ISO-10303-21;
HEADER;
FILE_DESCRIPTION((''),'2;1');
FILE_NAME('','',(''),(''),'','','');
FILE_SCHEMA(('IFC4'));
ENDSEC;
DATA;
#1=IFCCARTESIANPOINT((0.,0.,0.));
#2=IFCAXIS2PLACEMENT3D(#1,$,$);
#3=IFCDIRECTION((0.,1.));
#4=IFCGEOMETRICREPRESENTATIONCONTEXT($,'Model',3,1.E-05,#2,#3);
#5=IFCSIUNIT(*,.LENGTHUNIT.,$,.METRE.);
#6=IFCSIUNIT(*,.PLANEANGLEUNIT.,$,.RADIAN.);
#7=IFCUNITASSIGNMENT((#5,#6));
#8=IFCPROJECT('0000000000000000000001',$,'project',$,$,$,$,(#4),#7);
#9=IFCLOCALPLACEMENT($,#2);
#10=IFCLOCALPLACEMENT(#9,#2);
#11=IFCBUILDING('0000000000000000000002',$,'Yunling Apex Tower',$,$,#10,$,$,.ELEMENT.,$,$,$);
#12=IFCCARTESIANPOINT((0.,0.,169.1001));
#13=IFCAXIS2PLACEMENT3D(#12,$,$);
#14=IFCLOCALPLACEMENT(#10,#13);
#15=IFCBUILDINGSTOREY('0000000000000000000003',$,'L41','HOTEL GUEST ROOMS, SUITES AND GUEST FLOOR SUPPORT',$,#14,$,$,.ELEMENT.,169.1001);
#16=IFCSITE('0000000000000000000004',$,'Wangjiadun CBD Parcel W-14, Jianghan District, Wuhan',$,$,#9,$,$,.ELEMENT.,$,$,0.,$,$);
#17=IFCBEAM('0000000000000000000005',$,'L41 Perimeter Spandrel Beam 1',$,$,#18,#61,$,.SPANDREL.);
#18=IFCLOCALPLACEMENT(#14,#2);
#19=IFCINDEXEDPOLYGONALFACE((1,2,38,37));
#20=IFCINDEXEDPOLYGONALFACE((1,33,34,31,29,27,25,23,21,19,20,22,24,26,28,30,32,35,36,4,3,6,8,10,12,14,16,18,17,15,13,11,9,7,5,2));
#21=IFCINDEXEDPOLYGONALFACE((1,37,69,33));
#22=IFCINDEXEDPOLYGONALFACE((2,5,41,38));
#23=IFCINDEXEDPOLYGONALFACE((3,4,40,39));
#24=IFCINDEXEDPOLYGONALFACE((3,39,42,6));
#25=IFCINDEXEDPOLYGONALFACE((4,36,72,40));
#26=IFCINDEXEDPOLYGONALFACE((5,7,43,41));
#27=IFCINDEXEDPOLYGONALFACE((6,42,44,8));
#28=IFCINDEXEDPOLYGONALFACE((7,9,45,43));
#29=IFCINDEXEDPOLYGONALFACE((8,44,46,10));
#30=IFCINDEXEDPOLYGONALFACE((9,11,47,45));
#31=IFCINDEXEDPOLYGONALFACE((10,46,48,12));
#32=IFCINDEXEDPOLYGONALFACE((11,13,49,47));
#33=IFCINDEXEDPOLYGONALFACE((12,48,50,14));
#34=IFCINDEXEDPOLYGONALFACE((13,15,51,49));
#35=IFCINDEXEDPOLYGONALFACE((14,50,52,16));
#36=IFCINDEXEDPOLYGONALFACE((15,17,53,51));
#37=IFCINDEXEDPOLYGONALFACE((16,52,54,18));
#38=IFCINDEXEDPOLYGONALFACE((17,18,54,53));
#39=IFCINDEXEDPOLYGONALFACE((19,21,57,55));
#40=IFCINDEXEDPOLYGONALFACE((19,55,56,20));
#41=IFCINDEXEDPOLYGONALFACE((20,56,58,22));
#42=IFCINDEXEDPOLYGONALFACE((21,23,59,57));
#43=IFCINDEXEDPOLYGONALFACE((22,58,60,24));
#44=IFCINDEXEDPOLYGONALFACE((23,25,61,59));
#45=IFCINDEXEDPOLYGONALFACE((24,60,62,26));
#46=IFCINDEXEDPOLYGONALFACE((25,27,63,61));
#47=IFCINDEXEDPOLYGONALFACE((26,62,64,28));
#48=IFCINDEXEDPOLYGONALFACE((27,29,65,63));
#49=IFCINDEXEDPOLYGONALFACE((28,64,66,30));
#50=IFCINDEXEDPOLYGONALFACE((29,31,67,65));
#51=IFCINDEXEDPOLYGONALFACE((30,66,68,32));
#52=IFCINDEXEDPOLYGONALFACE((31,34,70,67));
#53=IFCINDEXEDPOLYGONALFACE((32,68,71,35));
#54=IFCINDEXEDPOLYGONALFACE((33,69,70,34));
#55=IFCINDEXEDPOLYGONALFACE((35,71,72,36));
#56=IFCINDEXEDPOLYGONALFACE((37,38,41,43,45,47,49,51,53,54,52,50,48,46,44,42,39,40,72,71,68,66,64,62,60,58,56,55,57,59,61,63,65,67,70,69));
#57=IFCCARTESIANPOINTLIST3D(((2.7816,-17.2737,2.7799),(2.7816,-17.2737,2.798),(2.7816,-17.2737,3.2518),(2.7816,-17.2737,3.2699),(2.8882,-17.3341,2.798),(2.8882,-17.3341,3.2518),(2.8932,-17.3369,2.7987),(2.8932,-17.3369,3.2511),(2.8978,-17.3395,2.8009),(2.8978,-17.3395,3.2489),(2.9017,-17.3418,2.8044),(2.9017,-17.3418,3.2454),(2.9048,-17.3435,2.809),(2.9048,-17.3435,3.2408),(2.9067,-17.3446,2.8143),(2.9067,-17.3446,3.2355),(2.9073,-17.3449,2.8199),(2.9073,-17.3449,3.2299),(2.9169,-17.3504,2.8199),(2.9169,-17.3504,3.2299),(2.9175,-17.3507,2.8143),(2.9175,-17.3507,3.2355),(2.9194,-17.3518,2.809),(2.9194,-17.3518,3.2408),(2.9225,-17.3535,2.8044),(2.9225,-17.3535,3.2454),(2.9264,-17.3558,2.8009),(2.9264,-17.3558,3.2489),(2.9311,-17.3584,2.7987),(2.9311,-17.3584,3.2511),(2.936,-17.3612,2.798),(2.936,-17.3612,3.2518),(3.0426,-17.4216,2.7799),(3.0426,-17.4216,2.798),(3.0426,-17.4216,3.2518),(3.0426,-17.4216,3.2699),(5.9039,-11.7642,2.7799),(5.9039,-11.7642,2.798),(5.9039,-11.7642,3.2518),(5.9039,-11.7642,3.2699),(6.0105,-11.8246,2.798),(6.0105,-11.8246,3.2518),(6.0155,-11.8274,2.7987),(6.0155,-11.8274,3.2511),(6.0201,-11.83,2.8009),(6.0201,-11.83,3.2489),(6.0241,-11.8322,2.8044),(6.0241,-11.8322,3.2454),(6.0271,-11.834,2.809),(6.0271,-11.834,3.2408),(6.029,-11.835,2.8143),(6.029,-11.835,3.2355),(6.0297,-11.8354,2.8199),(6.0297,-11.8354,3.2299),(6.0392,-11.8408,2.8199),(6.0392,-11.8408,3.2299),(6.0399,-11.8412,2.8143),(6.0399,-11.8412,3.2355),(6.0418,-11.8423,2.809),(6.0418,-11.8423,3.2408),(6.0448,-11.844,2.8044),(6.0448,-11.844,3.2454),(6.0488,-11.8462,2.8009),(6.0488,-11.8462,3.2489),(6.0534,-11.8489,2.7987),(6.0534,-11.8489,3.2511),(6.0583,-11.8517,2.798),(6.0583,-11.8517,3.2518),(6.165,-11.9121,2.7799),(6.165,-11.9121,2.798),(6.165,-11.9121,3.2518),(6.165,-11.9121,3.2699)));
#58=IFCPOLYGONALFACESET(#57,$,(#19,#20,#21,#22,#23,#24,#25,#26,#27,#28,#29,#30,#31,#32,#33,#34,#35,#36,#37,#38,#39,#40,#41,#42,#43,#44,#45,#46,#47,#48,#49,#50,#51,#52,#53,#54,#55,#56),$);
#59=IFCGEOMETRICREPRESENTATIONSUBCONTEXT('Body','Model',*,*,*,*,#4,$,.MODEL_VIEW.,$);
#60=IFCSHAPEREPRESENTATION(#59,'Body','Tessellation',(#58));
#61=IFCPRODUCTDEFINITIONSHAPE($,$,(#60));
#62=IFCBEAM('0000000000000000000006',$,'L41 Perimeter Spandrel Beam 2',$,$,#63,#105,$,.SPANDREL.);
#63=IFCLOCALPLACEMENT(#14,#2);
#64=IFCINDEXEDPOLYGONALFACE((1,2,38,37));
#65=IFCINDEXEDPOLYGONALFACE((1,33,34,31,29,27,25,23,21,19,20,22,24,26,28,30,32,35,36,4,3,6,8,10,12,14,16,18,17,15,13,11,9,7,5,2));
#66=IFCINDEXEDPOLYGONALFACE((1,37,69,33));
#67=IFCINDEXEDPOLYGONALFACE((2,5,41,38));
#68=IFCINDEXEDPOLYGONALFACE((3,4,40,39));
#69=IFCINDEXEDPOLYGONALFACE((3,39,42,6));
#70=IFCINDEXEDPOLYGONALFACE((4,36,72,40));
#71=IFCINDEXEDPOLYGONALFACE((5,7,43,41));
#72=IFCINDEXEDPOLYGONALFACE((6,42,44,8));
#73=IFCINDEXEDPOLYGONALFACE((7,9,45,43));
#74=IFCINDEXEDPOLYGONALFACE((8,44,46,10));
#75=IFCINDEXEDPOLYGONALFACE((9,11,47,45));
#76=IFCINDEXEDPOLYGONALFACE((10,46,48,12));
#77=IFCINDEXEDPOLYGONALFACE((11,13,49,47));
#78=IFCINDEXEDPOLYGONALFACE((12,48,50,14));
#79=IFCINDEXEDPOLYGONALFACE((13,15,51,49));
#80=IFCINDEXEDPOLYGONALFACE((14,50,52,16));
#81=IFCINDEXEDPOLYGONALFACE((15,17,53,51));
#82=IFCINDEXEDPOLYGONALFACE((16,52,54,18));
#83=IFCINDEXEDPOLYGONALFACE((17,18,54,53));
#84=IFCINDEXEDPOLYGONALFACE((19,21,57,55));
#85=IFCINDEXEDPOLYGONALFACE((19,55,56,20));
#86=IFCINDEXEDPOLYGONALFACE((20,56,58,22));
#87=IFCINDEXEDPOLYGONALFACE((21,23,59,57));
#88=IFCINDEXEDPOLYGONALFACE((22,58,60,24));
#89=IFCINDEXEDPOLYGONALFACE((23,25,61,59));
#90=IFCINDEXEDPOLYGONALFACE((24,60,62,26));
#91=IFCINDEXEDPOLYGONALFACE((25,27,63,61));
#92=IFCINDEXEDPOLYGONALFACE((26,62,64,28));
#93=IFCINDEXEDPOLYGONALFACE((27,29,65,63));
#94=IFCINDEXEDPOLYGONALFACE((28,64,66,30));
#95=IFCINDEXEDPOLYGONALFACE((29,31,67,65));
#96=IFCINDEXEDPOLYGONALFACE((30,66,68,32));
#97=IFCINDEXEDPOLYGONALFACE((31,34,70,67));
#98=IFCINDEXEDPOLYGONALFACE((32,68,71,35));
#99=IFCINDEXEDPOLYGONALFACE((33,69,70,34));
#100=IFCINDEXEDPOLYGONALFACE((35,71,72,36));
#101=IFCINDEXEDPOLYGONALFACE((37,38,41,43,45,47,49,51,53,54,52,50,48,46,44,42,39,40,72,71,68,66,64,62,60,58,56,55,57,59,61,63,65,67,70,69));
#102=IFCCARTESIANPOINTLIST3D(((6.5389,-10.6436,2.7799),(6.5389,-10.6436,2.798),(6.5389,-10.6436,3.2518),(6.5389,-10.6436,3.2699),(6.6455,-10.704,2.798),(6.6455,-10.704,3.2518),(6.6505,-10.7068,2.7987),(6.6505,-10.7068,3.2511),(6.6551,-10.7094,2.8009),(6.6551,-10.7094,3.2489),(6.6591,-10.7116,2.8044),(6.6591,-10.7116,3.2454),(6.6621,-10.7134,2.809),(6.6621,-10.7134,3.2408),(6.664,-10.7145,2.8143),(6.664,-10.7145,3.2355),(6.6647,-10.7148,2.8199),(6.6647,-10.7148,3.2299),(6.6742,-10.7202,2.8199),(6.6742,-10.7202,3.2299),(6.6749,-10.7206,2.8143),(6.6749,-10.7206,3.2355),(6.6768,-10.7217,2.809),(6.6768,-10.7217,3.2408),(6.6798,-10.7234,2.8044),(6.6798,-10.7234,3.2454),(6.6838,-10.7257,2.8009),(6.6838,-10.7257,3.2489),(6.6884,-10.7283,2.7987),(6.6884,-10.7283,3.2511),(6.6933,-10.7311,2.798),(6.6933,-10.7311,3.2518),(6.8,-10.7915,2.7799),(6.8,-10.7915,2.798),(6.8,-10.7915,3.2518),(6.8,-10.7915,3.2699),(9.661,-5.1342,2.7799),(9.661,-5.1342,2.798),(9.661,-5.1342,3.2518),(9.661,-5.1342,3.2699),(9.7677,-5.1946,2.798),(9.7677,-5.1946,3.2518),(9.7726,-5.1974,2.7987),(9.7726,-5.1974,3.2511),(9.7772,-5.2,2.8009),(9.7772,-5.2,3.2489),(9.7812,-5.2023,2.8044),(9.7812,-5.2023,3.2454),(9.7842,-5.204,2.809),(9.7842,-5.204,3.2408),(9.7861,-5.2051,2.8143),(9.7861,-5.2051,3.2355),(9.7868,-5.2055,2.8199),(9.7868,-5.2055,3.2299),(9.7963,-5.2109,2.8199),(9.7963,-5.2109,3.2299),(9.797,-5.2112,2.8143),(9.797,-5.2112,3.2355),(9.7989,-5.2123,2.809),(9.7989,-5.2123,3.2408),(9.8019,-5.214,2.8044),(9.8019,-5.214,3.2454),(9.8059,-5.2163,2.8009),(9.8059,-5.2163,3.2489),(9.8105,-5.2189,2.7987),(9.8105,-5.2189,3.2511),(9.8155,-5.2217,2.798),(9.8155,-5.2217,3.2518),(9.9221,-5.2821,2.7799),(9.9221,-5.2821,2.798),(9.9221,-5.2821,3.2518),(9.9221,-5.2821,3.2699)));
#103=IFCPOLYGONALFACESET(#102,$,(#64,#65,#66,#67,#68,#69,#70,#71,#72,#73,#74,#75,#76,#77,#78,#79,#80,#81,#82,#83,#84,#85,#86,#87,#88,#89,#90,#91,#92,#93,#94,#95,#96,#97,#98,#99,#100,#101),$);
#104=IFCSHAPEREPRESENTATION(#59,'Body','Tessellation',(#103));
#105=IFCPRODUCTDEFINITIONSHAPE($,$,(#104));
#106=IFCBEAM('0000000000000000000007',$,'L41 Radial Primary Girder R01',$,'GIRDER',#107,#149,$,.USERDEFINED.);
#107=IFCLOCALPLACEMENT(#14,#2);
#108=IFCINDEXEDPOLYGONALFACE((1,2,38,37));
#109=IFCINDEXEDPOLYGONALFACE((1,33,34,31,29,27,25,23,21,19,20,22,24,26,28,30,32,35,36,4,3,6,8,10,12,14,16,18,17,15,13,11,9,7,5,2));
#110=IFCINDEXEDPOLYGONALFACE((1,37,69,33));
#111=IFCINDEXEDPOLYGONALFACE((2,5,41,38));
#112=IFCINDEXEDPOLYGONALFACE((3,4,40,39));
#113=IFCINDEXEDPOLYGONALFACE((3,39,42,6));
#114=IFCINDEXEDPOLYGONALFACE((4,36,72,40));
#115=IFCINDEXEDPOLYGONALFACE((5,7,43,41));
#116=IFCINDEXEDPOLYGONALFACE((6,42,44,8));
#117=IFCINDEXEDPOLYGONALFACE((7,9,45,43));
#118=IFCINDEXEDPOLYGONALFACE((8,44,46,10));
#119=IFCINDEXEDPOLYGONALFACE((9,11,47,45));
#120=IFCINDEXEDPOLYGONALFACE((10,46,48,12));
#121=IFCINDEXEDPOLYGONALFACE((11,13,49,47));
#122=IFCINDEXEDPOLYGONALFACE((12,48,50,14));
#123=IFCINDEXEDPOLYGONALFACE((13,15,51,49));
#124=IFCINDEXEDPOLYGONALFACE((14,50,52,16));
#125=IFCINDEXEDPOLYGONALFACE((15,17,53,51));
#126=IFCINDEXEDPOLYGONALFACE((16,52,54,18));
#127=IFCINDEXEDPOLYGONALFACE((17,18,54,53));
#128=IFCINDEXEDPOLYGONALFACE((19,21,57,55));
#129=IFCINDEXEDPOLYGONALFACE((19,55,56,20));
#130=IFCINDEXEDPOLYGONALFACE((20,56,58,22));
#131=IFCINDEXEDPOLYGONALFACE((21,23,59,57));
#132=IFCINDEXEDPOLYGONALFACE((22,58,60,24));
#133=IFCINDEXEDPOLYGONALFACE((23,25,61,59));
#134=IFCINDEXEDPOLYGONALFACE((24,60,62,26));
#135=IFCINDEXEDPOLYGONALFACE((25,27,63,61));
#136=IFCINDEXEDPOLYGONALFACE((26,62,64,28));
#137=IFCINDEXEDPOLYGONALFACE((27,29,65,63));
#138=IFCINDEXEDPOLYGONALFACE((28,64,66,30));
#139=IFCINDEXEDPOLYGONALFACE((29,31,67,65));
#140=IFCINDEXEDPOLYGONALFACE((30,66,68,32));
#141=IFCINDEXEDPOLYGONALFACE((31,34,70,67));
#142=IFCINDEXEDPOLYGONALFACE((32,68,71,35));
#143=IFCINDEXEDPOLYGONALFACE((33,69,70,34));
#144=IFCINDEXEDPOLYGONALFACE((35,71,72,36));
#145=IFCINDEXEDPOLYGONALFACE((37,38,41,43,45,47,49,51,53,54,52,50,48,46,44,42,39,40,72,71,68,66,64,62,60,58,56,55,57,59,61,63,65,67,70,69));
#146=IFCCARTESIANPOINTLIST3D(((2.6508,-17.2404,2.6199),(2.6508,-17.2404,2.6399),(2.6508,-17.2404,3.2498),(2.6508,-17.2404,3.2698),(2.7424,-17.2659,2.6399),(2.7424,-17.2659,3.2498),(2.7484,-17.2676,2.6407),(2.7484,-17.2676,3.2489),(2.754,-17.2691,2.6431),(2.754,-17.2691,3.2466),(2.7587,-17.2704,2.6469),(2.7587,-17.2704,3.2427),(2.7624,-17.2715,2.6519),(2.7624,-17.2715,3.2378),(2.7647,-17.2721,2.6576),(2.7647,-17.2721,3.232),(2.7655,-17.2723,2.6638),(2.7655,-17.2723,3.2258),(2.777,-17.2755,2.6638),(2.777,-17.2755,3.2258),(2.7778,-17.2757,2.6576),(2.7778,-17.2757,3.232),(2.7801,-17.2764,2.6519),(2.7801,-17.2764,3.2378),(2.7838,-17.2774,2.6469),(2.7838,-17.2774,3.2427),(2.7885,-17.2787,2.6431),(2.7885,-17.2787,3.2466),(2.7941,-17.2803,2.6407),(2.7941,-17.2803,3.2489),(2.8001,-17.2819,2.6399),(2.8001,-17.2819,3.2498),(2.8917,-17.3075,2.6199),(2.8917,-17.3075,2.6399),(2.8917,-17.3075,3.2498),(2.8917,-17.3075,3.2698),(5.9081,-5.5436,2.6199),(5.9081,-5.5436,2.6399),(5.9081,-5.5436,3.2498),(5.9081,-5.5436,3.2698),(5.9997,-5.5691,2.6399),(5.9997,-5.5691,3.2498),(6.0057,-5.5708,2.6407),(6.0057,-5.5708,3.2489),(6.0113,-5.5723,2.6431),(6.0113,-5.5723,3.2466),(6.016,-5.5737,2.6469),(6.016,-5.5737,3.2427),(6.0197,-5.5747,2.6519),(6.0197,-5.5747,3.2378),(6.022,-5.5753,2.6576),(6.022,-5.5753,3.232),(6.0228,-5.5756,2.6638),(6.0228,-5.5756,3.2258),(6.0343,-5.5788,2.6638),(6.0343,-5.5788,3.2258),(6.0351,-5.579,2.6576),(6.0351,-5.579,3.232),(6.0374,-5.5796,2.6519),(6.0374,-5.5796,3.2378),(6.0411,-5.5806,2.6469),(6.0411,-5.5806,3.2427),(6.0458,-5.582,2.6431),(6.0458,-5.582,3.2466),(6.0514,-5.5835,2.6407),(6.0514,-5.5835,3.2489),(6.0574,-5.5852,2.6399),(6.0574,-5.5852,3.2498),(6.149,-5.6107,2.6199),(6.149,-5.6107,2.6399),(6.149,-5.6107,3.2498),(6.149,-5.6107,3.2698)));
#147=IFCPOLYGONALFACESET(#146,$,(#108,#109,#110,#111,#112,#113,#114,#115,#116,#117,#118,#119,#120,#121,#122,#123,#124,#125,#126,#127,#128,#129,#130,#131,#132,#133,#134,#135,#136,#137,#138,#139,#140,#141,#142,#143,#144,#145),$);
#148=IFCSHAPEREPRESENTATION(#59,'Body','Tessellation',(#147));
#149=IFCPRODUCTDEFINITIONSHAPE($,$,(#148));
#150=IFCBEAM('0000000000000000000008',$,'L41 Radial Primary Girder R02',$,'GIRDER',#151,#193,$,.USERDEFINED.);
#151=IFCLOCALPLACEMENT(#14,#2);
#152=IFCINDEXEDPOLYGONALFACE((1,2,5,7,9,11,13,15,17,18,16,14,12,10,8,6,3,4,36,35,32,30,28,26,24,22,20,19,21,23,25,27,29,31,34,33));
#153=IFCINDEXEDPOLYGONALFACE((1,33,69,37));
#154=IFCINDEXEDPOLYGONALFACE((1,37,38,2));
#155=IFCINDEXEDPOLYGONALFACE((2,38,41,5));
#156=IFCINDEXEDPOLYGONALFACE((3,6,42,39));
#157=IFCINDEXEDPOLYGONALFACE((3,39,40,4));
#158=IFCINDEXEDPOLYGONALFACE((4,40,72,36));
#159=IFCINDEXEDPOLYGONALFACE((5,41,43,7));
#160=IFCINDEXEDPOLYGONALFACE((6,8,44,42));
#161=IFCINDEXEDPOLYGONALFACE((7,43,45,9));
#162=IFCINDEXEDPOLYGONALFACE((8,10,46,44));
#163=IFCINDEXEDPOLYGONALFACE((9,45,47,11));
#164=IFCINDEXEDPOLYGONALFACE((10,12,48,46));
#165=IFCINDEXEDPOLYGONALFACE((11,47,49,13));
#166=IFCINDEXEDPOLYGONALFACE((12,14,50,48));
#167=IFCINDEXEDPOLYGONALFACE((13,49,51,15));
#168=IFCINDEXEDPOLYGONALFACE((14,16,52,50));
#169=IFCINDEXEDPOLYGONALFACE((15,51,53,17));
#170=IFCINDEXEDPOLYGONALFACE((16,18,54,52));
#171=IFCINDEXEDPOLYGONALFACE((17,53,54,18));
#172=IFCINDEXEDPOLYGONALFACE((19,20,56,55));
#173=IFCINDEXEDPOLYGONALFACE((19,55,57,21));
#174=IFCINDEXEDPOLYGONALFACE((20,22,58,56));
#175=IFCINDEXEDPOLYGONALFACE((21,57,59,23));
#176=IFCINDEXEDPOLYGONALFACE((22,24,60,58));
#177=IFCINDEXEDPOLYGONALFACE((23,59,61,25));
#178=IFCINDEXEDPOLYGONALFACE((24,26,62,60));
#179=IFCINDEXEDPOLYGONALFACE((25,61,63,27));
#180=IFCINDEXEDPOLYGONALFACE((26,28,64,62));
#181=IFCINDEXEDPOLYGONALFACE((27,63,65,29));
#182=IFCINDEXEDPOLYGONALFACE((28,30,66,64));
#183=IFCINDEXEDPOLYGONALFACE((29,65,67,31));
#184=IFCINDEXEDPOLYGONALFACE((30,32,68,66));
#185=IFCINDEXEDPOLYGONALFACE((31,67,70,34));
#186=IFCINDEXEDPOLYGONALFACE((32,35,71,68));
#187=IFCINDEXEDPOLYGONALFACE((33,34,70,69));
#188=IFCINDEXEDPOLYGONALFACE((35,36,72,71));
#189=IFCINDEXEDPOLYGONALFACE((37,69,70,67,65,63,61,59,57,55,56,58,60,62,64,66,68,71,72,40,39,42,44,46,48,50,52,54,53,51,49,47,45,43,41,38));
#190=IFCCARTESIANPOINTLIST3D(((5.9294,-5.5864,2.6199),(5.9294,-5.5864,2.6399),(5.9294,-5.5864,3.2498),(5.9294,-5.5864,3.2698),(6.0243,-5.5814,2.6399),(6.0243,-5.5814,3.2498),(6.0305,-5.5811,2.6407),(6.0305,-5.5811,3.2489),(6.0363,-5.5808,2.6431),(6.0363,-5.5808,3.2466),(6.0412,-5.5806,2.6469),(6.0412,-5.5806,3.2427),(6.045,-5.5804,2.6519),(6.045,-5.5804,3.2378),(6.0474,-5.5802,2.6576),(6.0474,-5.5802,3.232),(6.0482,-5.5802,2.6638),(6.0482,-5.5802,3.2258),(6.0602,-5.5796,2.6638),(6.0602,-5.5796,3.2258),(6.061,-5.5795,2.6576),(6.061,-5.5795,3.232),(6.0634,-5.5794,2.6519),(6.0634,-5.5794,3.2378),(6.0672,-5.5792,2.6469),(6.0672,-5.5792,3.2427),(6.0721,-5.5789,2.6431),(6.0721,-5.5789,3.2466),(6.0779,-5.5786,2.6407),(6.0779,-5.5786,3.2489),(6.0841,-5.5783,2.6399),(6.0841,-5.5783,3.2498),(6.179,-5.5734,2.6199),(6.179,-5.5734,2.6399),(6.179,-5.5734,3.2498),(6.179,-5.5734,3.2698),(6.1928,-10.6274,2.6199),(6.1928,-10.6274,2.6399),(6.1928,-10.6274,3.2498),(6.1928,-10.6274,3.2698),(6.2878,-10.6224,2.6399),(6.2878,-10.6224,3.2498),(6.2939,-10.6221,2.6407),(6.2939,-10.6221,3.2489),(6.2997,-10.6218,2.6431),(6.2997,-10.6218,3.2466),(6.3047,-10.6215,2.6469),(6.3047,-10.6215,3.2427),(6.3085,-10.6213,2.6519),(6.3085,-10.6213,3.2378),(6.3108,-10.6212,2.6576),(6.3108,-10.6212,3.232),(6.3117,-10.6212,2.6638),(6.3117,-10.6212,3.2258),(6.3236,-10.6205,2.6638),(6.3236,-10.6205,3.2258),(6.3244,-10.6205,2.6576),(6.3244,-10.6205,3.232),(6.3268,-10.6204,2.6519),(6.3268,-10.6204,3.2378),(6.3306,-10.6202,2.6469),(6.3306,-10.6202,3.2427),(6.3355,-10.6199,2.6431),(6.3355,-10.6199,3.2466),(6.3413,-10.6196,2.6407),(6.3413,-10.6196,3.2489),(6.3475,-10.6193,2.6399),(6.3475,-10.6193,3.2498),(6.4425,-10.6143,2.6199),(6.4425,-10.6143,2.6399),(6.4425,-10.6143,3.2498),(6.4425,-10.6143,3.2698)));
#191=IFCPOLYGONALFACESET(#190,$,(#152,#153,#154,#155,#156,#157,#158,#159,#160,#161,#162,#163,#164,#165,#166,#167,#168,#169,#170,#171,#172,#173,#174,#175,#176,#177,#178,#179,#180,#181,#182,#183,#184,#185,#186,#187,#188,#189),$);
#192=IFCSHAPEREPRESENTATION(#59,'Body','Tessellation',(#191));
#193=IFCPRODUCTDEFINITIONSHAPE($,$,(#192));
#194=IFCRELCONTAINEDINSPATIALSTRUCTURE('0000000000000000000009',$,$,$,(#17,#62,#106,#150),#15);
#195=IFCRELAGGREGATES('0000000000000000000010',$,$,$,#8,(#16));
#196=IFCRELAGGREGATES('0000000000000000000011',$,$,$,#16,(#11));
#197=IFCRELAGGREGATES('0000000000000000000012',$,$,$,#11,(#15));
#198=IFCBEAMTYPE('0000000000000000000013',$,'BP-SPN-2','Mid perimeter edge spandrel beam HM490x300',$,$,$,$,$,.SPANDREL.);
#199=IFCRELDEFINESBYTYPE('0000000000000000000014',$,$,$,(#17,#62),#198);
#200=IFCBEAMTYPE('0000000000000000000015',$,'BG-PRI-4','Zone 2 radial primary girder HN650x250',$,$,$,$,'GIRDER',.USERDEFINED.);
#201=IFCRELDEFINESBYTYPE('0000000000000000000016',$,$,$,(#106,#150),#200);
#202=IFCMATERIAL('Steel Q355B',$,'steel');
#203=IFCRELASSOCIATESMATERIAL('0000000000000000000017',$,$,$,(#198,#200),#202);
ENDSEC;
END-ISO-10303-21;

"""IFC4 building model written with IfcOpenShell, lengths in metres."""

from ifc_helpers import new_model, si_unit, direction, frame, origin, origin_2d, place, context, subcontext, project, spatial, i_section, extrude, source, transform, mapped, material, material_profile, profile_set, type_object, element, save


model = new_model("IFC4")

# Units and contexts
model_context = context("Model", 3, precision=1e-05, world=origin(), true_north=direction((0.0, 1.0)))
body_context = subcontext(model_context, "Body", "Model", "MODEL_VIEW")
ifc_project = project(units=[si_unit("LENGTHUNIT", "METRE"), si_unit("PLANEANGLEUNIT", "RADIAN")], contexts=[model_context])

# Site, building, storey
site_placement = place(None, origin())
site = spatial("IfcSite", under=ifc_project, at=site_placement, Name="Wangjiadun CBD Parcel W-14, Jianghan District, Wuhan", CompositionType="ELEMENT", RefElevation=0.0)
building_placement = place(site_placement, origin())
building = spatial("IfcBuilding", under=site, at=building_placement, Name="Yunling Apex Tower", CompositionType="ELEMENT")
storey_placement = place(building_placement, frame((0.0, 0.0, 169.1001)))
storey = spatial("IfcBuildingStorey", under=building, at=storey_placement, Name="L41", Description="HOTEL GUEST ROOMS, SUITES AND GUEST FLOOR SUPPORT", CompositionType="ELEMENT", Elevation=169.1001)

# Beams
ifc_material_1 = material(Name="Steel Q355B", Category="steel")
ifc_material_profile_1 = material_profile(ifc_material_1, i_section(OverallWidth=0.3, OverallDepth=0.49, WebThickness=0.011, FlangeThickness=0.0181, FilletRadius=0.022, at=origin_2d()))
ifc_profile_set_1 = profile_set([ifc_material_profile_1], Name="Steel Q355B")
beam_type_1 = type_object("IfcBeamType", Name="BP-SPN-2", Description="Mid perimeter edge spandrel beam HM490x300", PredefinedType="SPANDREL", material=ifc_profile_set_1)
shared_shape_1 = source(origin(), body_context, "Body", "SweptSolid", [
    extrude(i_section(OverallWidth=0.3, OverallDepth=0.49, WebThickness=0.011, FlangeThickness=0.0181, FilletRadius=0.022, at=origin_2d()), origin(), (0.0, 0.0, 1.0), 6.3328),
])
beam_1_placement = place(storey_placement, frame((2.9121, -17.3477, 3.0249), z_axis=(0.493043, 0.870005, 0.0), x_axis=(-0.870005, 0.493043, 0.0)))
element("IfcBeam", 1, at=beam_1_placement, inside=storey, type_object=beam_type_1, Name="L41 Perimeter Spandrel Beam 1", PredefinedType="SPANDREL", context=body_context, shape_type="MappedRepresentation", body=[
    mapped(shared_shape_1, transform((0.0, 0.0, 0.0), scale=1.0)),
])
shared_shape_2 = source(origin(), body_context, "Body", "SweptSolid", [
    extrude(i_section(OverallWidth=0.3, OverallDepth=0.49, WebThickness=0.011, FlangeThickness=0.0181, FilletRadius=0.022, at=origin_2d()), origin(), (0.0, 0.0, 1.0), 6.3325),
])
beam_2_placement = place(storey_placement, frame((6.6694, -10.7175, 3.0249), z_axis=(0.49303, 0.870012, 0.0), x_axis=(-0.870012, 0.49303, 0.0)))
element("IfcBeam", 2, at=beam_2_placement, inside=storey, type_object=beam_type_1, Name="L41 Perimeter Spandrel Beam 2", PredefinedType="SPANDREL", context=body_context, shape_type="MappedRepresentation", body=[
    mapped(shared_shape_2, transform((0.0, 0.0, 0.0), scale=1.0)),
])
ifc_material_profile_2 = material_profile(ifc_material_1, i_section(OverallWidth=0.25, OverallDepth=0.6499, WebThickness=0.012, FlangeThickness=0.02, FilletRadius=0.0239, at=origin_2d()))
ifc_profile_set_2 = profile_set([ifc_material_profile_2], Name="Steel Q355B")
beam_type_2 = type_object("IfcBeamType", Name="BG-PRI-4", Description="Zone 2 radial primary girder HN650x250", ElementType="GIRDER", PredefinedType="USERDEFINED", material=ifc_profile_set_2)
shared_shape_3 = source(origin(), body_context, "Body", "SweptSolid", [
    extrude(i_section(OverallWidth=0.25, OverallDepth=0.6499, WebThickness=0.012, FlangeThickness=0.02, FilletRadius=0.0239, at=origin_2d()), origin(), (0.0, 0.0, 1.0), 12.1418),
])
beam_3_placement = place(storey_placement, frame((2.7712, -17.2739, 2.9448), z_axis=(0.268272, 0.963343, 0.0), x_axis=(-0.963343, 0.268272, 0.0)))
element("IfcBeam", 3, at=beam_3_placement, inside=storey, type_object=beam_type_2, Name="L41 Radial Primary Girder R01", ObjectType="GIRDER", PredefinedType="USERDEFINED", context=body_context, shape_type="MappedRepresentation", body=[
    mapped(shared_shape_3, transform((0.0, 0.0, 0.0), scale=1.0)),
])
shared_shape_4 = source(origin(), body_context, "Body", "SweptSolid", [
    extrude(i_section(OverallWidth=0.25, OverallDepth=0.6499, WebThickness=0.012, FlangeThickness=0.02, FilletRadius=0.0239, at=origin_2d()), origin(), (0.0, 0.0, 1.0), 5.0479),
])
beam_4_placement = place(storey_placement, frame((6.3176, -10.6208, 2.9448), z_axis=(-0.052186, 0.998637, 0.0), x_axis=(-0.998637, -0.052186, 0.0)))
element("IfcBeam", 4, at=beam_4_placement, inside=storey, type_object=beam_type_2, Name="L41 Radial Primary Girder R02", ObjectType="GIRDER", PredefinedType="USERDEFINED", context=body_context, shape_type="MappedRepresentation", body=[
    mapped(shared_shape_4, transform((0.0, 0.0, 0.0), scale=1.0)),
])

save(model, "model.ifc")
